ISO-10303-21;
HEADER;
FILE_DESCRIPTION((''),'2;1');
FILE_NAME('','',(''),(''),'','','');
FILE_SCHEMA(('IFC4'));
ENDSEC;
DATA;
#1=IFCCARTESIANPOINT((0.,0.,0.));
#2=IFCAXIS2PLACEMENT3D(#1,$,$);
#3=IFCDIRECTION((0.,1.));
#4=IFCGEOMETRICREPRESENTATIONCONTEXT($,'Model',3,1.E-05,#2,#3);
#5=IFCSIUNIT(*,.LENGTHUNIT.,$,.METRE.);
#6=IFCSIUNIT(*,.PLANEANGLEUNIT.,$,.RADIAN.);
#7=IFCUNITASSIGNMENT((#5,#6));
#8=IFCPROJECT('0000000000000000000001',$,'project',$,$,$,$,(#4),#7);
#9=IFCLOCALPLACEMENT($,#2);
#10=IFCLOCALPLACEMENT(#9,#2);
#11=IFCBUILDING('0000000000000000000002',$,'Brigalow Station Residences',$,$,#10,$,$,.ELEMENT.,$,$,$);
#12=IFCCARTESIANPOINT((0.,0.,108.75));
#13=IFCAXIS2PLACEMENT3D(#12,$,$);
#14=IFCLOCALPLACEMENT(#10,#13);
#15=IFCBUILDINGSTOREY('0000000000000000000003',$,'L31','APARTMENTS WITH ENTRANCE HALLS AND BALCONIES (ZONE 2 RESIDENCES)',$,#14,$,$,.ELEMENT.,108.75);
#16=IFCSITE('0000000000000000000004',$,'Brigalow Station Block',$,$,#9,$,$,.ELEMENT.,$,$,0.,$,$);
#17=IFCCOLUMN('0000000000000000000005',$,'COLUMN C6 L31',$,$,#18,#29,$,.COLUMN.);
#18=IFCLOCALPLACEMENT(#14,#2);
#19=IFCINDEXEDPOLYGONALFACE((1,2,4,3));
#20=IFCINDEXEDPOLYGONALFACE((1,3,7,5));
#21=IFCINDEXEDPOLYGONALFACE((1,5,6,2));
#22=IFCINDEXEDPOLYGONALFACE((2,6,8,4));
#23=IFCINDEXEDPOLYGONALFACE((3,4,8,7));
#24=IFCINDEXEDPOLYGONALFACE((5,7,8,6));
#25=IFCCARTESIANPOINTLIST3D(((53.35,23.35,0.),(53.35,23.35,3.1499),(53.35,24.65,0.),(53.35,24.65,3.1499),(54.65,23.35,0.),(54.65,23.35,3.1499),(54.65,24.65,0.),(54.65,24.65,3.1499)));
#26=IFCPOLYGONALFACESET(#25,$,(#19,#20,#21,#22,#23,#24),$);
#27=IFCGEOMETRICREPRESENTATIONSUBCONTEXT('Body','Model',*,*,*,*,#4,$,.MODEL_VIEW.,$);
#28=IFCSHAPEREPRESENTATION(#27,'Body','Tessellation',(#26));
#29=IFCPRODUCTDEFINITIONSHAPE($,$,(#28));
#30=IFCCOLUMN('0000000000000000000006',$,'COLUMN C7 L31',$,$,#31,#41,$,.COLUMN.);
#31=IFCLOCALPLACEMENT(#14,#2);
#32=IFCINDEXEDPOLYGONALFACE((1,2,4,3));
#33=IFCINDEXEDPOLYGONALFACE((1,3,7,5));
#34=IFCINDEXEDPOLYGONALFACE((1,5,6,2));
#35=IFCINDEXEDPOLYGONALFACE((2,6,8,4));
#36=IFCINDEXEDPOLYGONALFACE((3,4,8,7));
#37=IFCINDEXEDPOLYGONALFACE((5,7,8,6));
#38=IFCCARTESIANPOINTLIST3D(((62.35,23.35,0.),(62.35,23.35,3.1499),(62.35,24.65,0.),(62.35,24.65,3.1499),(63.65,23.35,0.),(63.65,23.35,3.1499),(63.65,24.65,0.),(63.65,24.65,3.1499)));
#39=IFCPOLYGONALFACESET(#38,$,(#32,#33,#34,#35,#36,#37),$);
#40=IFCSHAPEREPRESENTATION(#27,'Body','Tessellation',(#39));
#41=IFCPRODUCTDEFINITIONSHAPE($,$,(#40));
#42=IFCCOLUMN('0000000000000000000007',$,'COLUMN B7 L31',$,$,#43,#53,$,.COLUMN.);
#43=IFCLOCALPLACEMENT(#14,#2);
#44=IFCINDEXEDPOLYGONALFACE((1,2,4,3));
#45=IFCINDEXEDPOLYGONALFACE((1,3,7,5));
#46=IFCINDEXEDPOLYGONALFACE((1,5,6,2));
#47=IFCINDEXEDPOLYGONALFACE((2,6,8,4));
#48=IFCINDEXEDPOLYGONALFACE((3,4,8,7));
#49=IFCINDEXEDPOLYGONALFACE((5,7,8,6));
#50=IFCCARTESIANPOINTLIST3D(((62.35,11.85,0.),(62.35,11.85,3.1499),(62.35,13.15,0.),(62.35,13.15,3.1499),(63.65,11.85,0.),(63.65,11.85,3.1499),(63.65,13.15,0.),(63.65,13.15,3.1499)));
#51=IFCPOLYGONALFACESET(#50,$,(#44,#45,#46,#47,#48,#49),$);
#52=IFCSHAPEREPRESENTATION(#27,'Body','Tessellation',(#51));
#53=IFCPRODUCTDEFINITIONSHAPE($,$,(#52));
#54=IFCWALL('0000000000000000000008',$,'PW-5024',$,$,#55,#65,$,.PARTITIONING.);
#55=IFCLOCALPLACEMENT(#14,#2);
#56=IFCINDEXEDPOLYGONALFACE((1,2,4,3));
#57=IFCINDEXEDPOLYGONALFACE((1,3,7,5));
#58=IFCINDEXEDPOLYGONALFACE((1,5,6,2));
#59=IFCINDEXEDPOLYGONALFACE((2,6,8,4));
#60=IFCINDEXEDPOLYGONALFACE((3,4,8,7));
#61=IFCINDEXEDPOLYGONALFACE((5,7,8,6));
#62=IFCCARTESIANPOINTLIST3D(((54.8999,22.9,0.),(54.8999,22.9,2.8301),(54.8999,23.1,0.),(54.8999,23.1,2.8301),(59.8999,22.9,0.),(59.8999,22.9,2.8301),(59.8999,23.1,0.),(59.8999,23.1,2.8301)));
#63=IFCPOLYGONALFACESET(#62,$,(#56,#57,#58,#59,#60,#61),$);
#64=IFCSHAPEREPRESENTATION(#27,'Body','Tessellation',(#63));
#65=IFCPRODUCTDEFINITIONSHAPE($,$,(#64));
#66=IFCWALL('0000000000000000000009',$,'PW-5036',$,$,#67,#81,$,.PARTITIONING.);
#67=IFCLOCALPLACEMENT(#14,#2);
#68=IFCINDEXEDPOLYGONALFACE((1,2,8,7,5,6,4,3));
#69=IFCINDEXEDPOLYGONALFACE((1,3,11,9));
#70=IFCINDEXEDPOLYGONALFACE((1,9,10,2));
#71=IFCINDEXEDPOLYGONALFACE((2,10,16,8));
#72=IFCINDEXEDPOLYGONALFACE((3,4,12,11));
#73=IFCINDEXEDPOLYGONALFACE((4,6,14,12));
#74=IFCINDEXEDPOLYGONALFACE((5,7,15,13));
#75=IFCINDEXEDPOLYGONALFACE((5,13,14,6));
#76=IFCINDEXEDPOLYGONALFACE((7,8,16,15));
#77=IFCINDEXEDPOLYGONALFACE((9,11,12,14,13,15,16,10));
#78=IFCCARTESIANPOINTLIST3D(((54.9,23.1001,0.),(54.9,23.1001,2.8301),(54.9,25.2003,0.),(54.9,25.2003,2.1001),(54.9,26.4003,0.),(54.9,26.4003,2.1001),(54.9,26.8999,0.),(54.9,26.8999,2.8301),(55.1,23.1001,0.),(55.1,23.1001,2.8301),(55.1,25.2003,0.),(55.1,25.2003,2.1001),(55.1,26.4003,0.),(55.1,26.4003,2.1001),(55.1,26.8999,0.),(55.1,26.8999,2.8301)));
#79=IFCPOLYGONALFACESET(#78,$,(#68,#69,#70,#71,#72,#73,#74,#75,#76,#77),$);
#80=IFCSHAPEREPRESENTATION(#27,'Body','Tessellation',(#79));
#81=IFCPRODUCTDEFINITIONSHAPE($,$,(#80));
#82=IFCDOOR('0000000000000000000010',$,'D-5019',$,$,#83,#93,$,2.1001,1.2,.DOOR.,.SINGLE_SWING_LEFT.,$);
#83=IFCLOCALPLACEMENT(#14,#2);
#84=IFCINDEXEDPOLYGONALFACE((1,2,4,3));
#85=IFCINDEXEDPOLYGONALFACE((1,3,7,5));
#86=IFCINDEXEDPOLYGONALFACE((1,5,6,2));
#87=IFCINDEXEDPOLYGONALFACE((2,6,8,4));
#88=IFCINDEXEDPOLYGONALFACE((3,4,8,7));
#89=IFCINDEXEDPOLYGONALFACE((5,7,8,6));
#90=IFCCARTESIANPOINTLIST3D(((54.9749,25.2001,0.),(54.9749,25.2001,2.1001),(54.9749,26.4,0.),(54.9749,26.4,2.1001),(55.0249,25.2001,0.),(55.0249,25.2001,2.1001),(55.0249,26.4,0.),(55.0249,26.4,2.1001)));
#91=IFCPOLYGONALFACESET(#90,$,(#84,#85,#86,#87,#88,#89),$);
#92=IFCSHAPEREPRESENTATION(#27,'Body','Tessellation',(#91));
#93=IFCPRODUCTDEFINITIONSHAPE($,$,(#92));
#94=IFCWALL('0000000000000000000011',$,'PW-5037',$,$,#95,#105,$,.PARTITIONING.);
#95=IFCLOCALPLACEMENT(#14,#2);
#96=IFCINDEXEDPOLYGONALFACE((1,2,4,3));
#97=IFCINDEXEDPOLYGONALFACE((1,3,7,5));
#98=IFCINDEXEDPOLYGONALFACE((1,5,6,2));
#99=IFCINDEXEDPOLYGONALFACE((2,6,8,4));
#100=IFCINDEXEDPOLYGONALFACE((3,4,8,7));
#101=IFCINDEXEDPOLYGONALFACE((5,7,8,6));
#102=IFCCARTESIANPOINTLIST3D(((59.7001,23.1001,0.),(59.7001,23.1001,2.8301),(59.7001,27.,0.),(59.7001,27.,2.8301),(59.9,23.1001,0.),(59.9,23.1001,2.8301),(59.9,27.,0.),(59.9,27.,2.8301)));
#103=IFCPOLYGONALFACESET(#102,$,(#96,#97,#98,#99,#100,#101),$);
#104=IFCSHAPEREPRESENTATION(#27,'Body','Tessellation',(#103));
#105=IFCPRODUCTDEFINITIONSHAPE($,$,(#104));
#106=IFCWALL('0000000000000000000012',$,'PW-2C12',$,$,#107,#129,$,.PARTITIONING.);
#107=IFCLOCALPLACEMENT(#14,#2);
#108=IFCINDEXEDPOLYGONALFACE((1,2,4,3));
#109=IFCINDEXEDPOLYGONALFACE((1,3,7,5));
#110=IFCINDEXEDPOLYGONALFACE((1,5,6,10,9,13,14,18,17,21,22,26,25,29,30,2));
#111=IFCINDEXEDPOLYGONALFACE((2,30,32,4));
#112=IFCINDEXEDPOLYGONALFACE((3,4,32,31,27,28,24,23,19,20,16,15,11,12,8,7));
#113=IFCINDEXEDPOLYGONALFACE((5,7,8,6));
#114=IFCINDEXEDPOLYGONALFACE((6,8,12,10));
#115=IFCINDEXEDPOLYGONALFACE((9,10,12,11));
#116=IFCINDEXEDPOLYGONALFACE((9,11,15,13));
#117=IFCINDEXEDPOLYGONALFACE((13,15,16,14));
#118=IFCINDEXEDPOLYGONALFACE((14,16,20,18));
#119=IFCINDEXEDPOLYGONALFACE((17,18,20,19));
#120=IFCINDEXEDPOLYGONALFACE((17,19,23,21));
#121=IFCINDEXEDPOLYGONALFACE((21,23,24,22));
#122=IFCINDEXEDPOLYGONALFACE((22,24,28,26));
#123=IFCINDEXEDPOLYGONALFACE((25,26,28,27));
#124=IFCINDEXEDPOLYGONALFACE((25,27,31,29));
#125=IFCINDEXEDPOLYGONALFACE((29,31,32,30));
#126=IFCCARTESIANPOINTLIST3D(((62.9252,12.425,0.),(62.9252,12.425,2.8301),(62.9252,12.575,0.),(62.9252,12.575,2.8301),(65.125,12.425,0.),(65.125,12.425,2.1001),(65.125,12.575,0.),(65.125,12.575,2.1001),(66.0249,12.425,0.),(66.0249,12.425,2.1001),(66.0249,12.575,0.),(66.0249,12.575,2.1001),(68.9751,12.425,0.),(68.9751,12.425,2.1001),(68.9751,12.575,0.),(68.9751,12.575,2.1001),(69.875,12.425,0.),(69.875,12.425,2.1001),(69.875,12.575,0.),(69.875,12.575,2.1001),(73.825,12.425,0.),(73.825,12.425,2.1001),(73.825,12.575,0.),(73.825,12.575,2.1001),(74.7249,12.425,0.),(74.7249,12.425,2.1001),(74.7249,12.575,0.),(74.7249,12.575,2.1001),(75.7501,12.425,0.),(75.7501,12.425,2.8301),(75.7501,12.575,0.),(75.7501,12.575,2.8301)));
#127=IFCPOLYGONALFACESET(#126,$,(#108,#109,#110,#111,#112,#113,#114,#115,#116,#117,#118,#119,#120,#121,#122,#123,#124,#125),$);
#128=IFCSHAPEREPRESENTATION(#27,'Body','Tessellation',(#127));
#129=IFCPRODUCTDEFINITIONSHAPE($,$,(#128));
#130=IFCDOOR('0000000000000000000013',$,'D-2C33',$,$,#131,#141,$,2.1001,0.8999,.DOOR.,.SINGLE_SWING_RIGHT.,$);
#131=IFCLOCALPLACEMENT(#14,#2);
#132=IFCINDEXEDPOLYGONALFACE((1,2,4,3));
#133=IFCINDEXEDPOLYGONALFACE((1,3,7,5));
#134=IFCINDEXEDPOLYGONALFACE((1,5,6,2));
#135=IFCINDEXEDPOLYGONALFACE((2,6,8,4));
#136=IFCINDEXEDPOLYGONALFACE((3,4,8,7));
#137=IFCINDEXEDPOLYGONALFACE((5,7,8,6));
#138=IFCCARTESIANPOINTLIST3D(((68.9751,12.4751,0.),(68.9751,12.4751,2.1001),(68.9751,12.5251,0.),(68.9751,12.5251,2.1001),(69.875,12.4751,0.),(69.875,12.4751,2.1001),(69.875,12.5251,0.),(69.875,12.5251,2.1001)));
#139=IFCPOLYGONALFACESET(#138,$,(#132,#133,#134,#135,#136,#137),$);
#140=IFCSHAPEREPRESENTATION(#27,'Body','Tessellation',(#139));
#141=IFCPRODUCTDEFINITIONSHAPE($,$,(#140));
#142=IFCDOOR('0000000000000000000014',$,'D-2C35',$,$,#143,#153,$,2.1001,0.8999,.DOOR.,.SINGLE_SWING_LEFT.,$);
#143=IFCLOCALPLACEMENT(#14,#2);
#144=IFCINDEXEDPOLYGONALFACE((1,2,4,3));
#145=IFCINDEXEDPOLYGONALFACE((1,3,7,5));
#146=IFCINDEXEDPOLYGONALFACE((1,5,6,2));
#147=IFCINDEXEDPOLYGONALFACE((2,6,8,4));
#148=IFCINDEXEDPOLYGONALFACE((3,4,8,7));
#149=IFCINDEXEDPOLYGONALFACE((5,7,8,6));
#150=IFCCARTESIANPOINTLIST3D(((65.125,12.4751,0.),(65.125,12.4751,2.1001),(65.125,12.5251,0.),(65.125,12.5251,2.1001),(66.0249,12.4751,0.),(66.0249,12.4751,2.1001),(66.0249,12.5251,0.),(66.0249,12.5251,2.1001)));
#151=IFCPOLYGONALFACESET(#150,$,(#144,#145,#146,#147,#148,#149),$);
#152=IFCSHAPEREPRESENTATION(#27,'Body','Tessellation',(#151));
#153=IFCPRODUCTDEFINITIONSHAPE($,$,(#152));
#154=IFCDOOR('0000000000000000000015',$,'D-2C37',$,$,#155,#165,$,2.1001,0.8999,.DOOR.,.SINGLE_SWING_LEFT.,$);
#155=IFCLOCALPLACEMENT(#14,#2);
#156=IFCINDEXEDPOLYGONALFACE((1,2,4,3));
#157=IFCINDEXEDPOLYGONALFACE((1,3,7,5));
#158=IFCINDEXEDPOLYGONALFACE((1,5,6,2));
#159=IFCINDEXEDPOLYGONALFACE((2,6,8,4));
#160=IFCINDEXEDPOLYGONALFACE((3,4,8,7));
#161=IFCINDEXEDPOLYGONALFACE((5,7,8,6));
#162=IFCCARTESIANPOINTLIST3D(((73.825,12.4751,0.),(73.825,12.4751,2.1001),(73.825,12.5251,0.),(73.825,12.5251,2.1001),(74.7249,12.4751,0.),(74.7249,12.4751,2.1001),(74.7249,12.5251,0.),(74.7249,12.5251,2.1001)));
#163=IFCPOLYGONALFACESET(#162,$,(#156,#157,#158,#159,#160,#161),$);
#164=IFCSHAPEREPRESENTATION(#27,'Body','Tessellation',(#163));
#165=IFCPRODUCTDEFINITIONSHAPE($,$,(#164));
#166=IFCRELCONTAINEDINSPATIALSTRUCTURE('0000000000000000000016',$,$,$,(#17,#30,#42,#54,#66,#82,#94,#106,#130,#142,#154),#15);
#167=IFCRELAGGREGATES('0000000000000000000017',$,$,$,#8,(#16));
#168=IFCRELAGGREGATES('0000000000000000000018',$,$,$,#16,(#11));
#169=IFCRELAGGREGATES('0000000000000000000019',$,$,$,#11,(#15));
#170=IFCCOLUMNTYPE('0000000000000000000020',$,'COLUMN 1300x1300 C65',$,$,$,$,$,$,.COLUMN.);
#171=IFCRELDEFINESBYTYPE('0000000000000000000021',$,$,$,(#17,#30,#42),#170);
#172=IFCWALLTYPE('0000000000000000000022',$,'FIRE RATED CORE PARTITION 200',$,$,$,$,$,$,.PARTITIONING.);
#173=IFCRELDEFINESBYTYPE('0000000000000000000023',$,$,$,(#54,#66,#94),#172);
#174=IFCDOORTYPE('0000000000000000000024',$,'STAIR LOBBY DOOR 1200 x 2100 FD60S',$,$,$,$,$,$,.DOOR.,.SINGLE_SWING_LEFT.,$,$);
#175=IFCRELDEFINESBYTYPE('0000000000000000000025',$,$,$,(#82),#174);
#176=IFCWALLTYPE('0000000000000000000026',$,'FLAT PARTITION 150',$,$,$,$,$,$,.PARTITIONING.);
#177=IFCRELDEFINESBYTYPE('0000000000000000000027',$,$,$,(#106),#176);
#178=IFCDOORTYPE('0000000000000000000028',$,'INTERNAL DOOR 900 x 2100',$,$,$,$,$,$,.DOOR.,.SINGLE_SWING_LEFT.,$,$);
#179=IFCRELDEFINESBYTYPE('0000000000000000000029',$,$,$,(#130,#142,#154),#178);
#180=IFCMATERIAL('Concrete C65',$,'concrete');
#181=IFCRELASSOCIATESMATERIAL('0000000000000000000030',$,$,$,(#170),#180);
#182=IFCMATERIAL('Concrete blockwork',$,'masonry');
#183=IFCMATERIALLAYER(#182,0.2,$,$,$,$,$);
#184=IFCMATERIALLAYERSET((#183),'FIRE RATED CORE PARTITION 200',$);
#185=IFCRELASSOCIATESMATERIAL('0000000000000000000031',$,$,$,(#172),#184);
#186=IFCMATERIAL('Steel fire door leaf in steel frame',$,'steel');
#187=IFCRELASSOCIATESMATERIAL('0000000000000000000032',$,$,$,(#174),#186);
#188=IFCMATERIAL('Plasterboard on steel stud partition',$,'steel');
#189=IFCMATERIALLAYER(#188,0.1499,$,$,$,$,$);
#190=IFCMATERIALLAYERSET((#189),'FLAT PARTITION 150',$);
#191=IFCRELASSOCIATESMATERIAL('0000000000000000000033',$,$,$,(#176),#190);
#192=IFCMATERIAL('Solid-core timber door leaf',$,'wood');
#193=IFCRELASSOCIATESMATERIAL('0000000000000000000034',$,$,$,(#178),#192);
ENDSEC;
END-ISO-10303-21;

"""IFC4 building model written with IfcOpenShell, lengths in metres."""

from ifc_helpers import new_model, si_unit, direction, frame, frame_2d, origin, origin_2d, place, context, subcontext, project, spatial, rectangle, extrude, material, layer, layer_set, material_profile, profile_set, type_object, element, fill, save


model = new_model("IFC4")

# Units and contexts
model_context = context("Model", 3, precision=1e-05, world=origin(), true_north=direction((0.0, 1.0)))
body_context = subcontext(model_context, "Body", "Model", "MODEL_VIEW")
ifc_project = project(units=[si_unit("LENGTHUNIT", "METRE"), si_unit("PLANEANGLEUNIT", "RADIAN")], contexts=[model_context])

# Site, building, storey
site_placement = place(None, origin())
site = spatial("IfcSite", under=ifc_project, at=site_placement, Name="Brigalow Station Block", CompositionType="ELEMENT", RefElevation=0.0)
building_placement = place(site_placement, origin())
building = spatial("IfcBuilding", under=site, at=building_placement, Name="Brigalow Station Residences", CompositionType="ELEMENT")
storey_placement = place(building_placement, frame((0.0, 0.0, 108.75)))
storey = spatial("IfcBuildingStorey", under=building, at=storey_placement, Name="L31", Description="APARTMENTS WITH ENTRANCE HALLS AND BALCONIES (ZONE 2 RESIDENCES)", CompositionType="ELEMENT", Elevation=108.75)

# Columns
ifc_material_1 = material(Name="Concrete C65", Category="concrete")
ifc_material_profile = material_profile(ifc_material_1, rectangle(XDim=1.3, YDim=1.3, at=origin_2d()), Name="RC1300x1300")
ifc_profile_set = profile_set([ifc_material_profile], Name="Concrete C65")
column_type = type_object("IfcColumnType", Name="COLUMN 1300x1300 C65", PredefinedType="COLUMN", material=ifc_profile_set)
for number, where, z_axis, x_axis, name in (
    (1, (54.0, 24.0, 0.0), (0.0, 0.0, 1.0), (1.0, 0.0, 0.0), "COLUMN C6 L31"),
    (2, (63.0, 24.0, 0.0), (0.0, 0.0, 1.0), (1.0, 0.0, 0.0), "COLUMN C7 L31"),
    (3, (63.0, 12.5, 0.0), (0.0, 0.0, 1.0), (1.0, 0.0, 0.0), "COLUMN B7 L31"),
):
    element("IfcColumn", number, at=place(storey_placement, frame(where, z_axis=z_axis, x_axis=x_axis)), inside=storey, type_object=column_type, Name=name, PredefinedType="COLUMN", context=body_context, shape_type="SweptSolid", body=[
        extrude(rectangle(XDim=1.3, YDim=1.3, at=origin_2d()), origin(), (0.0, 0.0, 1.0), 3.1499),
    ])

# Wall
ifc_material_2 = material(Name="Concrete blockwork", Category="masonry")
ifc_layer_1 = layer(ifc_material_2, 0.2)
ifc_layer_set_1 = layer_set([ifc_layer_1], Name="FIRE RATED CORE PARTITION 200")
wall_type_1 = type_object("IfcWallType", Name="FIRE RATED CORE PARTITION 200", PredefinedType="PARTITIONING", material=ifc_layer_set_1)
wall_1_placement = place(storey_placement, frame((54.8999, 23.0, 0.0), z_axis=(0.0, 0.0, 1.0), x_axis=(1.0, 0.0, 0.0)))
element("IfcWall", 4, at=wall_1_placement, inside=storey, type_object=wall_type_1, Name="PW-5024", PredefinedType="PARTITIONING", context=body_context, shape_type="SweptSolid", body=[
    extrude(rectangle(XDim=5.0, YDim=0.2, at=frame_2d((2.5, 0.0))), origin(), (0.0, 0.0, 1.0), 2.8301),
])

# Wall, opening, door
wall_2_placement = place(storey_placement, frame((55.0, 23.1001, 0.0), z_axis=(0.0, 0.0, 1.0), x_axis=(0.0, 1.0, 0.0)))
wall_2 = element("IfcWall", 5, at=wall_2_placement, inside=storey, type_object=wall_type_1, Name="PW-5036", PredefinedType="PARTITIONING", context=body_context, shape_type="SweptSolid", body=[
    extrude(rectangle(XDim=3.7998, YDim=0.2, at=frame_2d((1.8999, 0.0))), origin(), (0.0, 0.0, 1.0), 2.8301),
])
opening_1_placement = place(wall_2_placement, frame((2.1001, 0.0, 0.0)))
opening_1 = element("IfcOpeningElement", 6, at=opening_1_placement, cuts=wall_2, PredefinedType="OPENING", context=body_context, shape_type="SweptSolid", body=[
    extrude(rectangle(XDim=1.2, YDim=2.1001, at=frame_2d((0.6001, 1.05))), frame((0.0, 0.1099, 0.0), z_axis=(0.0, -1.0, 0.0), x_axis=(1.0, 0.0, 0.0)), (0.0, 0.0, 1.0), 0.22),
])
ifc_material_3 = material(Name="Steel fire door leaf in steel frame", Category="steel")
door_type_1 = type_object("IfcDoorType", Name="STAIR LOBBY DOOR 1200 x 2100 FD60S", OperationType="SINGLE_SWING_LEFT", PredefinedType="DOOR", material=ifc_material_3)
door_1_placement = place(opening_1_placement, frame((1.2, 0.0, 0.0), z_axis=(0.0, 0.0, 1.0), x_axis=(-1.0, 0.0, 0.0)))
door_1 = element("IfcDoor", 7, at=door_1_placement, inside=storey, type_object=door_type_1, Name="D-5019", OperationType="SINGLE_SWING_LEFT", OverallHeight=2.1001, OverallWidth=1.2, PredefinedType="DOOR", context=body_context, shape_type="SweptSolid", body=[
    extrude(rectangle(XDim=1.2, YDim=2.1001, at=frame_2d((0.6001, 1.05))), frame((0.0, 0.0249, 0.0), z_axis=(0.0, -1.0, 0.0), x_axis=(1.0, 0.0, 0.0)), (0.0, 0.0, 1.0), 0.05),
])
fill(opening_1, door_1)

# Wall
wall_3_placement = place(storey_placement, frame((59.8, 23.1001, 0.0), z_axis=(0.0, 0.0, 1.0), x_axis=(0.0, 1.0, 0.0)))
element("IfcWall", 8, at=wall_3_placement, inside=storey, type_object=wall_type_1, Name="PW-5037", PredefinedType="PARTITIONING", context=body_context, shape_type="SweptSolid", body=[
    extrude(rectangle(XDim=3.8999, YDim=0.2, at=frame_2d((1.95, 0.0))), origin(), (0.0, 0.0, 1.0), 2.8301),
])

# Wall, openings, doors
ifc_material_4 = material(Name="Plasterboard on steel stud partition", Category="steel")
ifc_layer_2 = layer(ifc_material_4, 0.1499)
ifc_layer_set_2 = layer_set([ifc_layer_2], Name="FLAT PARTITION 150")
wall_type_2 = type_object("IfcWallType", Name="FLAT PARTITION 150", PredefinedType="PARTITIONING", material=ifc_layer_set_2)
wall_4_placement = place(storey_placement, frame((62.925, 12.5, 0.0), z_axis=(0.0, 0.0, 1.0), x_axis=(1.0, 0.0, 0.0)))
wall_4 = element("IfcWall", 9, at=wall_4_placement, inside=storey, type_object=wall_type_2, Name="PW-2C12", PredefinedType="PARTITIONING", context=body_context, shape_type="SweptSolid", body=[
    extrude(rectangle(XDim=12.825, YDim=0.1499, at=frame_2d((6.4126, 0.0))), origin(), (0.0, 0.0, 1.0), 2.8301),
])
opening_2_placement = place(wall_4_placement, frame((6.05, 0.0, 0.0)))
opening_2 = element("IfcOpeningElement", 10, at=opening_2_placement, cuts=wall_4, PredefinedType="OPENING", context=body_context, shape_type="SweptSolid", body=[
    extrude(rectangle(XDim=0.8999, YDim=2.1001, at=frame_2d((0.45, 1.05))), frame((0.0, 0.085, 0.0), z_axis=(0.0, -1.0, 0.0), x_axis=(1.0, 0.0, 0.0)), (0.0, 0.0, 1.0), 0.1699),
])
opening_3_placement = place(wall_4_placement, frame((2.2, 0.0, 0.0)))
opening_3 = element("IfcOpeningElement", 11, at=opening_3_placement, cuts=wall_4, PredefinedType="OPENING", context=body_context, shape_type="SweptSolid", body=[
    extrude(rectangle(XDim=0.8999, YDim=2.1001, at=frame_2d((0.45, 1.05))), frame((0.0, 0.085, 0.0), z_axis=(0.0, -1.0, 0.0), x_axis=(1.0, 0.0, 0.0)), (0.0, 0.0, 1.0), 0.1699),
])
opening_4_placement = place(wall_4_placement, frame((10.8999, 0.0, 0.0)))
opening_4 = element("IfcOpeningElement", 12, at=opening_4_placement, cuts=wall_4, PredefinedType="OPENING", context=body_context, shape_type="SweptSolid", body=[
    extrude(rectangle(XDim=0.8999, YDim=2.1001, at=frame_2d((0.45, 1.05))), frame((0.0, 0.085, 0.0), z_axis=(0.0, -1.0, 0.0), x_axis=(1.0, 0.0, 0.0)), (0.0, 0.0, 1.0), 0.1699),
])
ifc_material_5 = material(Name="Solid-core timber door leaf", Category="wood")
door_type_2 = type_object("IfcDoorType", Name="INTERNAL DOOR 900 x 2100", OperationType="SINGLE_SWING_LEFT", PredefinedType="DOOR", material=ifc_material_5)
door_2_placement = place(opening_2_placement, frame((0.8999, 0.0, 0.0), z_axis=(0.0, 0.0, 1.0), x_axis=(-1.0, 0.0, 0.0)))
door_2 = element("IfcDoor", 13, at=door_2_placement, inside=storey, type_object=door_type_2, Name="D-2C33", OperationType="SINGLE_SWING_RIGHT", OverallHeight=2.1001, OverallWidth=0.8999, PredefinedType="DOOR", context=body_context, shape_type="SweptSolid", body=[
    extrude(rectangle(XDim=0.8999, YDim=2.1001, at=frame_2d((0.45, 1.05))), frame((0.0, 0.0249, 0.0), z_axis=(0.0, -1.0, 0.0), x_axis=(1.0, 0.0, 0.0)), (0.0, 0.0, 1.0), 0.05),
])
fill(opening_2, door_2)
door_3_placement = place(opening_3_placement, frame((0.8999, 0.0, 0.0), z_axis=(0.0, 0.0, 1.0), x_axis=(-1.0, 0.0, 0.0)))
door_3 = element("IfcDoor", 14, at=door_3_placement, inside=storey, type_object=door_type_2, Name="D-2C35", OperationType="SINGLE_SWING_LEFT", OverallHeight=2.1001, OverallWidth=0.8999, PredefinedType="DOOR", context=body_context, shape_type="SweptSolid", body=[
    extrude(rectangle(XDim=0.8999, YDim=2.1001, at=frame_2d((0.45, 1.05))), frame((0.0, 0.0249, 0.0), z_axis=(0.0, -1.0, 0.0), x_axis=(1.0, 0.0, 0.0)), (0.0, 0.0, 1.0), 0.05),
])
fill(opening_3, door_3)
door_4_placement = place(opening_4_placement, frame((0.8999, 0.0, 0.0), z_axis=(0.0, 0.0, 1.0), x_axis=(-1.0, 0.0, 0.0)))
door_4 = element("IfcDoor", 15, at=door_4_placement, inside=storey, type_object=door_type_2, Name="D-2C37", OperationType="SINGLE_SWING_LEFT", OverallHeight=2.1001, OverallWidth=0.8999, PredefinedType="DOOR", context=body_context, shape_type="SweptSolid", body=[
    extrude(rectangle(XDim=0.8999, YDim=2.1001, at=frame_2d((0.45, 1.05))), frame((0.0, 0.0249, 0.0), z_axis=(0.0, -1.0, 0.0), x_axis=(1.0, 0.0, 0.0)), (0.0, 0.0, 1.0), 0.05),
])
fill(opening_4, door_4)

save(model, "model.ifc")
